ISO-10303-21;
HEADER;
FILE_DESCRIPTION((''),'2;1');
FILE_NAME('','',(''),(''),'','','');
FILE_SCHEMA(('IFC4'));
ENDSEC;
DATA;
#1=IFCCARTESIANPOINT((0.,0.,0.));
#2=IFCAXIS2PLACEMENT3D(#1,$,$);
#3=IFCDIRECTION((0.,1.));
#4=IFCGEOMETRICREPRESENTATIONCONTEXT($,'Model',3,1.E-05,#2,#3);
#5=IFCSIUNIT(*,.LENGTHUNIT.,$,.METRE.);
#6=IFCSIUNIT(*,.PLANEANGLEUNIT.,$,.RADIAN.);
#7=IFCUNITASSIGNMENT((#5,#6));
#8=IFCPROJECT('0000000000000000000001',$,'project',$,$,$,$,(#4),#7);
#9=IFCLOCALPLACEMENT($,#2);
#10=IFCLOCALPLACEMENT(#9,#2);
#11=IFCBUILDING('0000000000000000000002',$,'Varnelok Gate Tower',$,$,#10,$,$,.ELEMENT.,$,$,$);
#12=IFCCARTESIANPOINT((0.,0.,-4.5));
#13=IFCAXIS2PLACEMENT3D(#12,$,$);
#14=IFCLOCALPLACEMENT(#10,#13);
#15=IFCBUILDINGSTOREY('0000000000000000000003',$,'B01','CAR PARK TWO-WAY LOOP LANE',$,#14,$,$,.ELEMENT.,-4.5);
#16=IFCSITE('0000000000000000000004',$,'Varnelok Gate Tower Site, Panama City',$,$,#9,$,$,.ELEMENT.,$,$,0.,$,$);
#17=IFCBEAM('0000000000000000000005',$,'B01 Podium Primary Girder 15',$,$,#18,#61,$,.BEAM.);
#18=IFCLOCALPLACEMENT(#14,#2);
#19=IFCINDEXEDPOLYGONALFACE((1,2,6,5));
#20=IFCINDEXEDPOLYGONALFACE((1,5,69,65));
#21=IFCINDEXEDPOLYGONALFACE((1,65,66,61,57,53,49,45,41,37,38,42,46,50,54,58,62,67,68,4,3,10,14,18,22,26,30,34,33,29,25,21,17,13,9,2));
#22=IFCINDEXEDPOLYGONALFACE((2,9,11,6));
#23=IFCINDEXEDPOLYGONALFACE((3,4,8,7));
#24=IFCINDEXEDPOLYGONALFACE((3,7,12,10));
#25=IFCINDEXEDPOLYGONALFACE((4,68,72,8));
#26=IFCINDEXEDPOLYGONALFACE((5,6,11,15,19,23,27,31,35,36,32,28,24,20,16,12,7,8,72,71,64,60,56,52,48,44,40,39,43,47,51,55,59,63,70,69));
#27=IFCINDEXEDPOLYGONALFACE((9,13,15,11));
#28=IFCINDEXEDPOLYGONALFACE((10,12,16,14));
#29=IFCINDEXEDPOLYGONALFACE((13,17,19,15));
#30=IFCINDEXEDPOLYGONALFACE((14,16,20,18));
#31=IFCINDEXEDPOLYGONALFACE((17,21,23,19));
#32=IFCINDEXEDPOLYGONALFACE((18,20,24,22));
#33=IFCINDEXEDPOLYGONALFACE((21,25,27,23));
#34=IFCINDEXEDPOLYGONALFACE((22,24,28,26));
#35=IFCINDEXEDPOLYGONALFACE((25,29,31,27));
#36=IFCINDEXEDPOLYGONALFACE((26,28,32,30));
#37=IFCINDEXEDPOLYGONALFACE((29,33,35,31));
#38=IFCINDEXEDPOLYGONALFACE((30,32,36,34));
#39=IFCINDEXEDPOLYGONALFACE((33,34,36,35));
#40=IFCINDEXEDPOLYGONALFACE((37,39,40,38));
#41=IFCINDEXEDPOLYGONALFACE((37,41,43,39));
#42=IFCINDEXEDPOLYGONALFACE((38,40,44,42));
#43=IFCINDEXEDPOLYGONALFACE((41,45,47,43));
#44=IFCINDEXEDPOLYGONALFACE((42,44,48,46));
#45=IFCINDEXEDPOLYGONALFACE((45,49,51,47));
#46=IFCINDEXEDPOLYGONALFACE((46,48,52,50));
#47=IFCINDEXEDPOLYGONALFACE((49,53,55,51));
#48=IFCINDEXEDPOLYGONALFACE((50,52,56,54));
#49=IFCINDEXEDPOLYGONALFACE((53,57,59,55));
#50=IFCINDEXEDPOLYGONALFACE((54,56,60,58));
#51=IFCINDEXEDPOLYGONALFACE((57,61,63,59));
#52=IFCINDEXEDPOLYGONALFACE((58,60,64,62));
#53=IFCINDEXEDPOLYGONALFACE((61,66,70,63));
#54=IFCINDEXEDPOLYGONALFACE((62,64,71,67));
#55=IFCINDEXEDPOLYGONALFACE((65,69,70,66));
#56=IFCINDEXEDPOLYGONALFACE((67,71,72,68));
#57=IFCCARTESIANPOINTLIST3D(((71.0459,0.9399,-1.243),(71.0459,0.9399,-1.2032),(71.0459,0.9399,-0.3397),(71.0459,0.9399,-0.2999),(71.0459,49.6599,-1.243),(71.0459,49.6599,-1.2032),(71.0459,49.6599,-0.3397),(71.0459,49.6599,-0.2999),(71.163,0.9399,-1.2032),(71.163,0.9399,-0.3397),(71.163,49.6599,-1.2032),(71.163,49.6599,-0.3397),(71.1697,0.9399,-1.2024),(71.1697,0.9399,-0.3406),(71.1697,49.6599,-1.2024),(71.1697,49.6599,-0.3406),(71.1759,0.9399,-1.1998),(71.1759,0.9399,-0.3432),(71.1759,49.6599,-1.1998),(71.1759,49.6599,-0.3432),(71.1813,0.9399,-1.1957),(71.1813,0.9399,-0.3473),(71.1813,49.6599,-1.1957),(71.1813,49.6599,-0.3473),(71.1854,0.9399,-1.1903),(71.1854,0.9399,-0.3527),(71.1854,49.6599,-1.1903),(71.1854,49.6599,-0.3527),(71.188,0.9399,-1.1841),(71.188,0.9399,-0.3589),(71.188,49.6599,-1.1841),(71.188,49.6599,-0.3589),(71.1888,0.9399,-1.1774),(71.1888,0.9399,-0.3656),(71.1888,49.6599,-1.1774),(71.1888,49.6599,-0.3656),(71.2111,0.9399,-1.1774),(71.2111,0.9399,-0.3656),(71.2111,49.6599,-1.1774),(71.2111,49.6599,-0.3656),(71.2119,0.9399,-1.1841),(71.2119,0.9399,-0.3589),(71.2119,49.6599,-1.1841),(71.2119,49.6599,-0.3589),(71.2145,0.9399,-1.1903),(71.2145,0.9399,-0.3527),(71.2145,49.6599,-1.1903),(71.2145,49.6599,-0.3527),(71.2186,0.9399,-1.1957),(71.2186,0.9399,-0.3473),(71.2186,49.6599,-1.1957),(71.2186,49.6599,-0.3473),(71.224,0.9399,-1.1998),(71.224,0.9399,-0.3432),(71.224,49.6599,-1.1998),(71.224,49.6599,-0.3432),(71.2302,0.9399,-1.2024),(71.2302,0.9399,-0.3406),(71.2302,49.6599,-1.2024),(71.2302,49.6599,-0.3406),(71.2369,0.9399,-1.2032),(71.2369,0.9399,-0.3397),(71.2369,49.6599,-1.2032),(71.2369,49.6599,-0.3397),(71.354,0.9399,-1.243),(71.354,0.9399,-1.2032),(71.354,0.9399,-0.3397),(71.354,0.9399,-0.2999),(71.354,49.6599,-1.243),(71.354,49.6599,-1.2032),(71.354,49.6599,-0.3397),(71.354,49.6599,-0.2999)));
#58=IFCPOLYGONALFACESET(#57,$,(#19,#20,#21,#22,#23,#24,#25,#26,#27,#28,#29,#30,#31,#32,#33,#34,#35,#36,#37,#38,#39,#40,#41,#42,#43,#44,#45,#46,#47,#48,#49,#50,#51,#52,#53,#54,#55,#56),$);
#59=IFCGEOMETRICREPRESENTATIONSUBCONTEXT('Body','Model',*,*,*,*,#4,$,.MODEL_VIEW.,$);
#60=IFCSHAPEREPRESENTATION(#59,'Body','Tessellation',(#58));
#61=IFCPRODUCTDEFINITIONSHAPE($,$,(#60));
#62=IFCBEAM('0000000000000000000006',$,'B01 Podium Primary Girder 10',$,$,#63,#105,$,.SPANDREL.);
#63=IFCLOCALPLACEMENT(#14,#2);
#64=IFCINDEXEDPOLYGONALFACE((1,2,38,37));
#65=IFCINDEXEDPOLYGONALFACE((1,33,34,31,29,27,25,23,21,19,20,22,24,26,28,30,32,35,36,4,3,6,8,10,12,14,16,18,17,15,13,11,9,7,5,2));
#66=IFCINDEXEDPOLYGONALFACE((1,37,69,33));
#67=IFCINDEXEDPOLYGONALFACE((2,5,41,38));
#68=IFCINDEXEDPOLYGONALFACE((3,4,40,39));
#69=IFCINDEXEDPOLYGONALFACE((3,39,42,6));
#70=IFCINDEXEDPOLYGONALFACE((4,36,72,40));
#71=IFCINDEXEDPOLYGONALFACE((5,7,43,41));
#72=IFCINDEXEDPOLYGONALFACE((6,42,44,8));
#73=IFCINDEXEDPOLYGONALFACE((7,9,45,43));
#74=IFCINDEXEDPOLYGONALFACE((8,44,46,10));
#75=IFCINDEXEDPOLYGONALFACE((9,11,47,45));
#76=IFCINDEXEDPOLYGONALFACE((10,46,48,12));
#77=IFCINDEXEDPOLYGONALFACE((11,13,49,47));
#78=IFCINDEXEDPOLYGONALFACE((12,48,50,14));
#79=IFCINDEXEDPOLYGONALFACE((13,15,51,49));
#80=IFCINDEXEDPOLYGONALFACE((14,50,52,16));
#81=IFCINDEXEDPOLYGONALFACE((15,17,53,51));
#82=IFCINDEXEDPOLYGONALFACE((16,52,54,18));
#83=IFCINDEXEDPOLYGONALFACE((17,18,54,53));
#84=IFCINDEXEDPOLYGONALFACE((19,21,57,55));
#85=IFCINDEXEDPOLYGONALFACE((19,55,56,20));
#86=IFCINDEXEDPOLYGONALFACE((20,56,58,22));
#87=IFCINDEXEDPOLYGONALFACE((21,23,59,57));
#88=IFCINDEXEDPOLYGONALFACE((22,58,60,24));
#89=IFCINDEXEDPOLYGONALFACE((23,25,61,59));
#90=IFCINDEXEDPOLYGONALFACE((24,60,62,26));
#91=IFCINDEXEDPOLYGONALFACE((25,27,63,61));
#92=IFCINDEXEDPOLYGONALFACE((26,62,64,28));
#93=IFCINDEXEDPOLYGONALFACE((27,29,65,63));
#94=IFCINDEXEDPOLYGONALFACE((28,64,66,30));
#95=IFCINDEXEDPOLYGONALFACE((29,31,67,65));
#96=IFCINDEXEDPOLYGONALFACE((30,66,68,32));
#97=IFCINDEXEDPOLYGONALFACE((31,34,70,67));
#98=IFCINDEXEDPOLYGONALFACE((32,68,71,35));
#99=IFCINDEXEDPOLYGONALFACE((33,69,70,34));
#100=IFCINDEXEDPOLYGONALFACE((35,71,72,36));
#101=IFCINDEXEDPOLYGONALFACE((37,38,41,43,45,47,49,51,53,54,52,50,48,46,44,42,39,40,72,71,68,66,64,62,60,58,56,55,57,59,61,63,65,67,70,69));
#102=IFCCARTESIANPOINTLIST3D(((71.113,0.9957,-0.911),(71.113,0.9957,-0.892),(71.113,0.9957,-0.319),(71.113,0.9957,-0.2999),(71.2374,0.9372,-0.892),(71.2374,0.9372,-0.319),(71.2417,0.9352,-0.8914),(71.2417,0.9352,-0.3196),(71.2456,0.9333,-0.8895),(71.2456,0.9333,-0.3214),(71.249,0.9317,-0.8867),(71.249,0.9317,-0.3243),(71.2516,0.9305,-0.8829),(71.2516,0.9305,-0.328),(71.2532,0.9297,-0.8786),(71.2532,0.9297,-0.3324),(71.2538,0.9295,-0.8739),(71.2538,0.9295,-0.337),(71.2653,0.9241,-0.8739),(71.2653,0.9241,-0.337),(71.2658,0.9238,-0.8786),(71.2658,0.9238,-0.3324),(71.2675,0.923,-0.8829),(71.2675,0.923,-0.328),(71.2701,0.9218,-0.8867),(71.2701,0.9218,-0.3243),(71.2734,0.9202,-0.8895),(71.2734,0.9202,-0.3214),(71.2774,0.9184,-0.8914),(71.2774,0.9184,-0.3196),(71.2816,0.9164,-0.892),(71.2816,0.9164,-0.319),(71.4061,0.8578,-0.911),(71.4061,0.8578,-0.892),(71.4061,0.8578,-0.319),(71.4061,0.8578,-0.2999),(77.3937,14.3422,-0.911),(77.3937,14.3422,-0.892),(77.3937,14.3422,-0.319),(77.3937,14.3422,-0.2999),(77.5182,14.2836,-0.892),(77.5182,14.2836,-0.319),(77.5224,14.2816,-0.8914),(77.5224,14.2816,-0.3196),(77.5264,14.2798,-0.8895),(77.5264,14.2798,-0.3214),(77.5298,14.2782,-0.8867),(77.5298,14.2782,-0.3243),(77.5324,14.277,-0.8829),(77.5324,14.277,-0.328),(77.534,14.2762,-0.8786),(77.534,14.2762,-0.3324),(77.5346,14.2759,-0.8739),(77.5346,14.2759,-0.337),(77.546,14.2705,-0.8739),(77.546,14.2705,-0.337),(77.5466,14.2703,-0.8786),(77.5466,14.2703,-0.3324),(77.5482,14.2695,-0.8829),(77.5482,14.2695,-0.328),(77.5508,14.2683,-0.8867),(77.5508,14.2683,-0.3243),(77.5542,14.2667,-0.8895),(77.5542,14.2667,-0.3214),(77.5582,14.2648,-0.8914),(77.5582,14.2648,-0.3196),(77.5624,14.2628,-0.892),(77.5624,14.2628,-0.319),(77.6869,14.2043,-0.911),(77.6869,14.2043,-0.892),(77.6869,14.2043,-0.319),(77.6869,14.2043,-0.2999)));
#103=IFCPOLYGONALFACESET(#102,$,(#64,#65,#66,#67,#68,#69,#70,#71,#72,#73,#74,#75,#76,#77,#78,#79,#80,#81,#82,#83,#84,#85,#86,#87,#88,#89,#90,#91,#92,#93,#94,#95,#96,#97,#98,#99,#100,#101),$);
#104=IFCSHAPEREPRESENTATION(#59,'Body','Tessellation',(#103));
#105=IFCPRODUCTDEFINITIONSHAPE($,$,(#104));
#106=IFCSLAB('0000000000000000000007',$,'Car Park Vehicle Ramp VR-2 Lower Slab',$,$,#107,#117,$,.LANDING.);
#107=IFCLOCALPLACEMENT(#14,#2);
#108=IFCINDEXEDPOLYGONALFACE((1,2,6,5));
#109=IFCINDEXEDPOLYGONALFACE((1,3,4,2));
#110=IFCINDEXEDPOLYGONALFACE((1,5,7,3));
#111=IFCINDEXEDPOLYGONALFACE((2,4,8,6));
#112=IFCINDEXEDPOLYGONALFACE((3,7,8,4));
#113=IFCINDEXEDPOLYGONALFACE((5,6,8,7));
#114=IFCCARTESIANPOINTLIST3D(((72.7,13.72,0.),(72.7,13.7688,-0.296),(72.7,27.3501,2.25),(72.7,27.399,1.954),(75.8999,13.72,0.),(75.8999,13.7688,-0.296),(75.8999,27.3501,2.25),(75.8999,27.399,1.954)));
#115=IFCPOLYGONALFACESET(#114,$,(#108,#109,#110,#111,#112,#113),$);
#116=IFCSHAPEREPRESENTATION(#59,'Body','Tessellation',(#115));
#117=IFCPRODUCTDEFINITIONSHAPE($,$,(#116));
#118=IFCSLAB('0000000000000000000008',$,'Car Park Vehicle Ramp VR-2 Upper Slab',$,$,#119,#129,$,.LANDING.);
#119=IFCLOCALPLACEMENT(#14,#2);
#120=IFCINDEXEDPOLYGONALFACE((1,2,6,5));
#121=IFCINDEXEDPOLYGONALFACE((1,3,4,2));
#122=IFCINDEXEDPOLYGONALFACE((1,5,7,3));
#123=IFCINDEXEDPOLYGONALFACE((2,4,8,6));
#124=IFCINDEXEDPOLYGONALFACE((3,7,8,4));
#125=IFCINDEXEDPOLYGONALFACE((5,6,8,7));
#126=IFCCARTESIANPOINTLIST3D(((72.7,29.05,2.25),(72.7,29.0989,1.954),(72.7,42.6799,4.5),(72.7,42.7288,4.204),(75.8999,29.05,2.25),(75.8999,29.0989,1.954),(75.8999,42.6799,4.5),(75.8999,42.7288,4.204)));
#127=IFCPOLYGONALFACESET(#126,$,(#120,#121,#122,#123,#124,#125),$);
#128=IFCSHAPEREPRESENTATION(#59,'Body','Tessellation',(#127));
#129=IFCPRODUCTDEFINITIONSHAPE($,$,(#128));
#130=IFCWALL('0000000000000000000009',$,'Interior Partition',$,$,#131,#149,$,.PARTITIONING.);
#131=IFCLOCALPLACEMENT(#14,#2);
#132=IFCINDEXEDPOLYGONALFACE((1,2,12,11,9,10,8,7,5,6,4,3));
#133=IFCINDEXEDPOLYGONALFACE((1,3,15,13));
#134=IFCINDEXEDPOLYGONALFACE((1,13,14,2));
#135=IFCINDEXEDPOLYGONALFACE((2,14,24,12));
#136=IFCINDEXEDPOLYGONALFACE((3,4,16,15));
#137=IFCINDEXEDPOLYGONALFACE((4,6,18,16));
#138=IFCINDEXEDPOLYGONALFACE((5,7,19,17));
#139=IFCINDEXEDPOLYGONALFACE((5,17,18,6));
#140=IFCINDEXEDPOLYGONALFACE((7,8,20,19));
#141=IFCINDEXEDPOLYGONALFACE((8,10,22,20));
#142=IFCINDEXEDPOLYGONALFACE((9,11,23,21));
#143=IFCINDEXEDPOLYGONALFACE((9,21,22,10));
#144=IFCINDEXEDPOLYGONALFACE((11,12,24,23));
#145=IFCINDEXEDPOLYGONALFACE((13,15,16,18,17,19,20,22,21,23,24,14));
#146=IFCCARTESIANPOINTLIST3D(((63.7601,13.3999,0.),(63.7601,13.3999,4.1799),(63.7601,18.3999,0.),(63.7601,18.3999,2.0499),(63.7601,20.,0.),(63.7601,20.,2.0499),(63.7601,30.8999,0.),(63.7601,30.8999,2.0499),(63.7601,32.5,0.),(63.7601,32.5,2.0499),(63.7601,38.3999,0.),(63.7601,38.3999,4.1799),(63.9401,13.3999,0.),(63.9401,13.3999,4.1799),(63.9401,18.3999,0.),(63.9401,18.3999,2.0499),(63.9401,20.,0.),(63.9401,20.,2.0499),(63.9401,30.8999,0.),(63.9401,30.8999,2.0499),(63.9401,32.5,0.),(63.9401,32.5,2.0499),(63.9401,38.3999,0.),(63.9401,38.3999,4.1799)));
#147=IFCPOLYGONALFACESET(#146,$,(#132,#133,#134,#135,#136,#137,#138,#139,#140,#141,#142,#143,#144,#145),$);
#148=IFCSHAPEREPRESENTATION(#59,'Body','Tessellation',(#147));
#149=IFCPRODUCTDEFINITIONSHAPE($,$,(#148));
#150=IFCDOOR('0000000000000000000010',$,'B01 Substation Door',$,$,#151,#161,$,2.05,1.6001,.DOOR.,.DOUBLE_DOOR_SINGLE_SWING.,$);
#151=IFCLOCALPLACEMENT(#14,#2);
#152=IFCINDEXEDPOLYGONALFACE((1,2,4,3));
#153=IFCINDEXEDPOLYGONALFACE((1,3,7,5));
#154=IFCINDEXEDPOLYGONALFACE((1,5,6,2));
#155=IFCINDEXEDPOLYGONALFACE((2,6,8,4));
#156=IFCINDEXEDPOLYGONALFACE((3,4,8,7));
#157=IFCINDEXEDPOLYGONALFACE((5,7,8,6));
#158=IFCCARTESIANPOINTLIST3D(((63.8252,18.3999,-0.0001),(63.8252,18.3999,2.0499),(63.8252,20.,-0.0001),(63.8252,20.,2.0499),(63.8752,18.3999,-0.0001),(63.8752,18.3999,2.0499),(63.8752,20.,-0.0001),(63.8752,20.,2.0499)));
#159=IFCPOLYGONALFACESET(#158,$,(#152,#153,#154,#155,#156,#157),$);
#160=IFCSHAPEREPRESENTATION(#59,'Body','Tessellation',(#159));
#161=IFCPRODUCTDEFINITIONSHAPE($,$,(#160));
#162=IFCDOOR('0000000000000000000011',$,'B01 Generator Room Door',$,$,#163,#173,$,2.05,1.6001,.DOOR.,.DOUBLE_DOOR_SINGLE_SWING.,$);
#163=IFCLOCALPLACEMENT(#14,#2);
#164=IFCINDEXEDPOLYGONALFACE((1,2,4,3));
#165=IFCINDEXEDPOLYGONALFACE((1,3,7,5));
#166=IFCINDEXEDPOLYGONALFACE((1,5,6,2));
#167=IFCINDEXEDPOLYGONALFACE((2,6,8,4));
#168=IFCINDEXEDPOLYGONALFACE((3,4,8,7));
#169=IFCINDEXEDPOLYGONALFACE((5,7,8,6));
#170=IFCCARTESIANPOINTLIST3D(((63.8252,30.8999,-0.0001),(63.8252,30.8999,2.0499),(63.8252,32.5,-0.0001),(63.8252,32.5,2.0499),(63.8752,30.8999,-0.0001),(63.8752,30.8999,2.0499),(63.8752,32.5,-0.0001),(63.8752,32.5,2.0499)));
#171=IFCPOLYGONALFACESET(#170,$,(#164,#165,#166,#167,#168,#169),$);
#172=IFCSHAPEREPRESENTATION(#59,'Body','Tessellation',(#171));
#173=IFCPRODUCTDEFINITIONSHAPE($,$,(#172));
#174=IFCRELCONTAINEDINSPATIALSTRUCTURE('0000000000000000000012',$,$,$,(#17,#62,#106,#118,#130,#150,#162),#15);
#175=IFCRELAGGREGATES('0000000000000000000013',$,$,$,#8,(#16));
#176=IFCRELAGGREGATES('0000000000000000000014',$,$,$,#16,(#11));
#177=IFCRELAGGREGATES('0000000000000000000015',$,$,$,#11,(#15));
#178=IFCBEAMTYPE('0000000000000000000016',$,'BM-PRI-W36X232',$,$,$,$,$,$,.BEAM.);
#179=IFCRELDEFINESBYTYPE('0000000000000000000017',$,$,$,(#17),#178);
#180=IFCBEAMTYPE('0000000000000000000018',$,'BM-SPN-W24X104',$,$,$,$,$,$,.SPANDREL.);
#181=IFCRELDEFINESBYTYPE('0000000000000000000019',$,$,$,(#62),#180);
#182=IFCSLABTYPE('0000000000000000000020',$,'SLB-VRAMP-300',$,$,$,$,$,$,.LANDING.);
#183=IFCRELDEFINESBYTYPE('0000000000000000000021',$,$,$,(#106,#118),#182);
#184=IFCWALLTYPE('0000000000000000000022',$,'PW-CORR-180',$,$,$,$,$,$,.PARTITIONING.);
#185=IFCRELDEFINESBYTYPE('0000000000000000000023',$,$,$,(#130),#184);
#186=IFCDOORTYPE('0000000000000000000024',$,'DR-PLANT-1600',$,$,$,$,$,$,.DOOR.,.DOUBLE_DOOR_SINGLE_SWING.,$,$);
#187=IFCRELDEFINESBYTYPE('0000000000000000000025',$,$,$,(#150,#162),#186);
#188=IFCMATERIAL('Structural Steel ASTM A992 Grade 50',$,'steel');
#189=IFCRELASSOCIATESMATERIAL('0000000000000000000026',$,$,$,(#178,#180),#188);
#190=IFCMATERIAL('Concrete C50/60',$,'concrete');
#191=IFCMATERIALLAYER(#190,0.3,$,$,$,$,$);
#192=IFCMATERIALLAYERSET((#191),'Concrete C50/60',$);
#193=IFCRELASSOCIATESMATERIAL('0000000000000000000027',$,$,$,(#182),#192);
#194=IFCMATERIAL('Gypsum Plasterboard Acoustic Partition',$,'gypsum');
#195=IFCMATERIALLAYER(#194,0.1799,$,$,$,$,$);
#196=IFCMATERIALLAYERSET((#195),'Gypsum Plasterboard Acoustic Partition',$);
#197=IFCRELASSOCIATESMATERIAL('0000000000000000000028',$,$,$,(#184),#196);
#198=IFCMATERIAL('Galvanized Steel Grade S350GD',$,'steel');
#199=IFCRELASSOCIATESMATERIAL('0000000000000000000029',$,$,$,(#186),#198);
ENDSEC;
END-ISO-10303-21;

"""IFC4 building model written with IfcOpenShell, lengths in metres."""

from ifc_helpers import new_model, si_unit, direction, frame, frame_2d, origin, origin_2d, place, context, subcontext, project, spatial, polyline, rectangle, i_section, outline, extrude, material, layer, layer_set, material_profile, profile_set, type_object, element, fill, save


model = new_model("IFC4")

# Units and contexts
model_context = context("Model", 3, precision=1e-05, world=origin(), true_north=direction((0.0, 1.0)))
body_context = subcontext(model_context, "Body", "Model", "MODEL_VIEW")
ifc_project = project(units=[si_unit("LENGTHUNIT", "METRE"), si_unit("PLANEANGLEUNIT", "RADIAN")], contexts=[model_context])

# Site, building, storey
site_placement = place(None, origin())
site = spatial("IfcSite", under=ifc_project, at=site_placement, Name="Varnelok Gate Tower Site, Panama City", CompositionType="ELEMENT", RefElevation=0.0)
building_placement = place(site_placement, origin())
building = spatial("IfcBuilding", under=site, at=building_placement, Name="Varnelok Gate Tower", CompositionType="ELEMENT")
storey_placement = place(building_placement, frame((0.0, 0.0, -4.5)))
storey = spatial("IfcBuildingStorey", under=building, at=storey_placement, Name="B01", Description="CAR PARK TWO-WAY LOOP LANE", CompositionType="ELEMENT", Elevation=-4.5)

# Beams
ifc_material_1 = material(Name="Structural Steel ASTM A992 Grade 50", Category="steel")
ifc_material_profile_1 = material_profile(ifc_material_1, i_section(OverallWidth=0.3081, OverallDepth=0.9431, WebThickness=0.0222, FlangeThickness=0.0398, FilletRadius=0.0259, at=origin_2d()), Name="W36X232")
ifc_profile_set_1 = profile_set([ifc_material_profile_1], Name="Structural Steel ASTM A992 Grade 50")
beam_type_1 = type_object("IfcBeamType", Name="BM-PRI-W36X232", PredefinedType="BEAM", material=ifc_profile_set_1)
beam_1_placement = place(storey_placement, frame((71.2, 0.9399, -0.7715), z_axis=(0.0, 1.0, 0.0), x_axis=(-1.0, 0.0, 0.0)))
element("IfcBeam", 1, at=beam_1_placement, inside=storey, type_object=beam_type_1, Name="B01 Podium Primary Girder 15", PredefinedType="BEAM", context=body_context, shape_type="SweptSolid", body=[
    extrude(i_section(OverallWidth=0.3081, OverallDepth=0.9431, WebThickness=0.0222, FlangeThickness=0.0398, FilletRadius=0.0259, at=origin_2d()), origin(), (0.0, 0.0, 1.0), 48.72),
])
ifc_material_profile_2 = material_profile(ifc_material_1, i_section(OverallWidth=0.324, OverallDepth=0.6111, WebThickness=0.0127, FlangeThickness=0.019, FilletRadius=0.0181, at=origin_2d()), Name="W24X104")
ifc_profile_set_2 = profile_set([ifc_material_profile_2], Name="Structural Steel ASTM A992 Grade 50")
beam_type_2 = type_object("IfcBeamType", Name="BM-SPN-W24X104", PredefinedType="SPANDREL", material=ifc_profile_set_2)
beam_2_placement = place(storey_placement, frame((71.2595, 0.9268, -0.6055), z_axis=(0.425802, 0.904816, 0.0), x_axis=(-0.904816, 0.425802, 0.0)))
element("IfcBeam", 2, at=beam_2_placement, inside=storey, type_object=beam_type_2, Name="B01 Podium Primary Girder 10", PredefinedType="SPANDREL", context=body_context, shape_type="SweptSolid", body=[
    extrude(i_section(OverallWidth=0.324, OverallDepth=0.6111, WebThickness=0.0127, FlangeThickness=0.019, FilletRadius=0.0181, at=origin_2d()), origin(), (0.0, 0.0, 1.0), 14.7505),
])

# Slabs
ifc_material_2 = material(Name="Concrete C50/60", Category="concrete")
ifc_layer_1 = layer(ifc_material_2, 0.3)
ifc_layer_set_1 = layer_set([ifc_layer_1], Name="Concrete C50/60")
slab_type = type_object("IfcSlabType", Name="SLB-VRAMP-300", PredefinedType="LANDING", material=ifc_layer_set_1)
slab_1_placement = place(storey_placement, frame((72.7, 13.72, 0.0), z_axis=(0.0, -0.162871, 0.986647), x_axis=(1.0, 0.0, 0.0)))
element("IfcSlab", 3, at=slab_1_placement, inside=storey, type_object=slab_type, Name="Car Park Vehicle Ramp VR-2 Lower Slab", PredefinedType="LANDING", context=body_context, shape_type="SweptSolid", body=[
    extrude(outline(polyline([(0.0, 0.0), (3.2, 0.0), (3.2, 13.8146), (0.0, 13.8146), (0.0, 0.0)])), origin(), (0.0, 0.0, -1.0), 0.3),
])
slab_2_placement = place(storey_placement, frame((72.7, 29.05, 2.25), z_axis=(0.0, -0.162874, 0.986647), x_axis=(1.0, 0.0, 0.0)))
element("IfcSlab", 4, at=slab_2_placement, inside=storey, type_object=slab_type, Name="Car Park Vehicle Ramp VR-2 Upper Slab", PredefinedType="LANDING", context=body_context, shape_type="SweptSolid", body=[
    extrude(outline(polyline([(0.0, 0.0), (3.2, 0.0), (3.2, 13.8143), (0.0, 13.8143), (0.0, 0.0)])), origin(), (0.0, 0.0, -1.0), 0.3),
])

# Wall, openings, doors
ifc_material_3 = material(Name="Gypsum Plasterboard Acoustic Partition", Category="gypsum")
ifc_layer_2 = layer(ifc_material_3, 0.1799)
ifc_layer_set_2 = layer_set([ifc_layer_2], Name="Gypsum Plasterboard Acoustic Partition")
wall_type_1 = type_object("IfcWallType", Name="PW-CORR-180", PredefinedType="PARTITIONING", material=ifc_layer_set_2)
wall_1_placement = place(storey_placement, frame((63.8501, 13.3999, 0.0), z_axis=(0.0, 0.0, 1.0), x_axis=(0.0, 1.0, 0.0)))
wall_1 = element("IfcWall", 5, at=wall_1_placement, inside=storey, type_object=wall_type_1, Name="Interior Partition", PredefinedType="PARTITIONING", context=body_context, shape_type="SweptSolid", body=[
    extrude(rectangle(XDim=25.0, YDim=0.1799, at=frame_2d((12.5, 0.0))), origin(), (0.0, 0.0, 1.0), 4.1799),
])
opening_1_placement = place(wall_1_placement, frame((5.0, 0.0, 0.0)))
opening_1 = element("IfcOpeningElement", 6, at=opening_1_placement, cuts=wall_1, PredefinedType="OPENING", context=body_context, shape_type="SweptSolid", body=[
    extrude(rectangle(XDim=1.6001, YDim=2.05, at=frame_2d((0.8, 1.0249))), frame((0.0, 0.0999, 0.0), z_axis=(0.0, -1.0, 0.0), x_axis=(1.0, 0.0, 0.0)), (0.0, 0.0, 1.0), 0.2),
])
opening_2_placement = place(wall_1_placement, frame((17.5, 0.0, 0.0)))
opening_2 = element("IfcOpeningElement", 7, at=opening_2_placement, cuts=wall_1, PredefinedType="OPENING", context=body_context, shape_type="SweptSolid", body=[
    extrude(rectangle(XDim=1.6001, YDim=2.05, at=frame_2d((0.8, 1.0249))), frame((0.0, 0.0999, 0.0), z_axis=(0.0, -1.0, 0.0), x_axis=(1.0, 0.0, 0.0)), (0.0, 0.0, 1.0), 0.2),
])
ifc_material_4 = material(Name="Galvanized Steel Grade S350GD", Category="steel")
door_type_1 = type_object("IfcDoorType", Name="DR-PLANT-1600", OperationType="DOUBLE_DOOR_SINGLE_SWING", PredefinedType="DOOR", material=ifc_material_4)
door_1_placement = place(opening_1_placement, origin())
door_1 = element("IfcDoor", 8, at=door_1_placement, inside=storey, type_object=door_type_1, Name="B01 Substation Door", OperationType="DOUBLE_DOOR_SINGLE_SWING", OverallHeight=2.05, OverallWidth=1.6001, PredefinedType="DOOR", context=body_context, shape_type="SweptSolid", body=[
    extrude(rectangle(XDim=1.6001, YDim=2.05, at=frame_2d((0.8, 1.0249))), frame((0.0, 0.0249, 0.0), z_axis=(0.0, -1.0, 0.0), x_axis=(1.0, 0.0, 0.0)), (0.0, 0.0, 1.0), 0.05),
])
fill(opening_1, door_1)
door_2_placement = place(opening_2_placement, origin())
door_2 = element("IfcDoor", 9, at=door_2_placement, inside=storey, type_object=door_type_1, Name="B01 Generator Room Door", OperationType="DOUBLE_DOOR_SINGLE_SWING", OverallHeight=2.05, OverallWidth=1.6001, PredefinedType="DOOR", context=body_context, shape_type="SweptSolid", body=[
    extrude(rectangle(XDim=1.6001, YDim=2.05, at=frame_2d((0.8, 1.0249))), frame((0.0, 0.0249, 0.0), z_axis=(0.0, -1.0, 0.0), x_axis=(1.0, 0.0, 0.0)), (0.0, 0.0, 1.0), 0.05),
])
fill(opening_2, door_2)

save(model, "model.ifc")
